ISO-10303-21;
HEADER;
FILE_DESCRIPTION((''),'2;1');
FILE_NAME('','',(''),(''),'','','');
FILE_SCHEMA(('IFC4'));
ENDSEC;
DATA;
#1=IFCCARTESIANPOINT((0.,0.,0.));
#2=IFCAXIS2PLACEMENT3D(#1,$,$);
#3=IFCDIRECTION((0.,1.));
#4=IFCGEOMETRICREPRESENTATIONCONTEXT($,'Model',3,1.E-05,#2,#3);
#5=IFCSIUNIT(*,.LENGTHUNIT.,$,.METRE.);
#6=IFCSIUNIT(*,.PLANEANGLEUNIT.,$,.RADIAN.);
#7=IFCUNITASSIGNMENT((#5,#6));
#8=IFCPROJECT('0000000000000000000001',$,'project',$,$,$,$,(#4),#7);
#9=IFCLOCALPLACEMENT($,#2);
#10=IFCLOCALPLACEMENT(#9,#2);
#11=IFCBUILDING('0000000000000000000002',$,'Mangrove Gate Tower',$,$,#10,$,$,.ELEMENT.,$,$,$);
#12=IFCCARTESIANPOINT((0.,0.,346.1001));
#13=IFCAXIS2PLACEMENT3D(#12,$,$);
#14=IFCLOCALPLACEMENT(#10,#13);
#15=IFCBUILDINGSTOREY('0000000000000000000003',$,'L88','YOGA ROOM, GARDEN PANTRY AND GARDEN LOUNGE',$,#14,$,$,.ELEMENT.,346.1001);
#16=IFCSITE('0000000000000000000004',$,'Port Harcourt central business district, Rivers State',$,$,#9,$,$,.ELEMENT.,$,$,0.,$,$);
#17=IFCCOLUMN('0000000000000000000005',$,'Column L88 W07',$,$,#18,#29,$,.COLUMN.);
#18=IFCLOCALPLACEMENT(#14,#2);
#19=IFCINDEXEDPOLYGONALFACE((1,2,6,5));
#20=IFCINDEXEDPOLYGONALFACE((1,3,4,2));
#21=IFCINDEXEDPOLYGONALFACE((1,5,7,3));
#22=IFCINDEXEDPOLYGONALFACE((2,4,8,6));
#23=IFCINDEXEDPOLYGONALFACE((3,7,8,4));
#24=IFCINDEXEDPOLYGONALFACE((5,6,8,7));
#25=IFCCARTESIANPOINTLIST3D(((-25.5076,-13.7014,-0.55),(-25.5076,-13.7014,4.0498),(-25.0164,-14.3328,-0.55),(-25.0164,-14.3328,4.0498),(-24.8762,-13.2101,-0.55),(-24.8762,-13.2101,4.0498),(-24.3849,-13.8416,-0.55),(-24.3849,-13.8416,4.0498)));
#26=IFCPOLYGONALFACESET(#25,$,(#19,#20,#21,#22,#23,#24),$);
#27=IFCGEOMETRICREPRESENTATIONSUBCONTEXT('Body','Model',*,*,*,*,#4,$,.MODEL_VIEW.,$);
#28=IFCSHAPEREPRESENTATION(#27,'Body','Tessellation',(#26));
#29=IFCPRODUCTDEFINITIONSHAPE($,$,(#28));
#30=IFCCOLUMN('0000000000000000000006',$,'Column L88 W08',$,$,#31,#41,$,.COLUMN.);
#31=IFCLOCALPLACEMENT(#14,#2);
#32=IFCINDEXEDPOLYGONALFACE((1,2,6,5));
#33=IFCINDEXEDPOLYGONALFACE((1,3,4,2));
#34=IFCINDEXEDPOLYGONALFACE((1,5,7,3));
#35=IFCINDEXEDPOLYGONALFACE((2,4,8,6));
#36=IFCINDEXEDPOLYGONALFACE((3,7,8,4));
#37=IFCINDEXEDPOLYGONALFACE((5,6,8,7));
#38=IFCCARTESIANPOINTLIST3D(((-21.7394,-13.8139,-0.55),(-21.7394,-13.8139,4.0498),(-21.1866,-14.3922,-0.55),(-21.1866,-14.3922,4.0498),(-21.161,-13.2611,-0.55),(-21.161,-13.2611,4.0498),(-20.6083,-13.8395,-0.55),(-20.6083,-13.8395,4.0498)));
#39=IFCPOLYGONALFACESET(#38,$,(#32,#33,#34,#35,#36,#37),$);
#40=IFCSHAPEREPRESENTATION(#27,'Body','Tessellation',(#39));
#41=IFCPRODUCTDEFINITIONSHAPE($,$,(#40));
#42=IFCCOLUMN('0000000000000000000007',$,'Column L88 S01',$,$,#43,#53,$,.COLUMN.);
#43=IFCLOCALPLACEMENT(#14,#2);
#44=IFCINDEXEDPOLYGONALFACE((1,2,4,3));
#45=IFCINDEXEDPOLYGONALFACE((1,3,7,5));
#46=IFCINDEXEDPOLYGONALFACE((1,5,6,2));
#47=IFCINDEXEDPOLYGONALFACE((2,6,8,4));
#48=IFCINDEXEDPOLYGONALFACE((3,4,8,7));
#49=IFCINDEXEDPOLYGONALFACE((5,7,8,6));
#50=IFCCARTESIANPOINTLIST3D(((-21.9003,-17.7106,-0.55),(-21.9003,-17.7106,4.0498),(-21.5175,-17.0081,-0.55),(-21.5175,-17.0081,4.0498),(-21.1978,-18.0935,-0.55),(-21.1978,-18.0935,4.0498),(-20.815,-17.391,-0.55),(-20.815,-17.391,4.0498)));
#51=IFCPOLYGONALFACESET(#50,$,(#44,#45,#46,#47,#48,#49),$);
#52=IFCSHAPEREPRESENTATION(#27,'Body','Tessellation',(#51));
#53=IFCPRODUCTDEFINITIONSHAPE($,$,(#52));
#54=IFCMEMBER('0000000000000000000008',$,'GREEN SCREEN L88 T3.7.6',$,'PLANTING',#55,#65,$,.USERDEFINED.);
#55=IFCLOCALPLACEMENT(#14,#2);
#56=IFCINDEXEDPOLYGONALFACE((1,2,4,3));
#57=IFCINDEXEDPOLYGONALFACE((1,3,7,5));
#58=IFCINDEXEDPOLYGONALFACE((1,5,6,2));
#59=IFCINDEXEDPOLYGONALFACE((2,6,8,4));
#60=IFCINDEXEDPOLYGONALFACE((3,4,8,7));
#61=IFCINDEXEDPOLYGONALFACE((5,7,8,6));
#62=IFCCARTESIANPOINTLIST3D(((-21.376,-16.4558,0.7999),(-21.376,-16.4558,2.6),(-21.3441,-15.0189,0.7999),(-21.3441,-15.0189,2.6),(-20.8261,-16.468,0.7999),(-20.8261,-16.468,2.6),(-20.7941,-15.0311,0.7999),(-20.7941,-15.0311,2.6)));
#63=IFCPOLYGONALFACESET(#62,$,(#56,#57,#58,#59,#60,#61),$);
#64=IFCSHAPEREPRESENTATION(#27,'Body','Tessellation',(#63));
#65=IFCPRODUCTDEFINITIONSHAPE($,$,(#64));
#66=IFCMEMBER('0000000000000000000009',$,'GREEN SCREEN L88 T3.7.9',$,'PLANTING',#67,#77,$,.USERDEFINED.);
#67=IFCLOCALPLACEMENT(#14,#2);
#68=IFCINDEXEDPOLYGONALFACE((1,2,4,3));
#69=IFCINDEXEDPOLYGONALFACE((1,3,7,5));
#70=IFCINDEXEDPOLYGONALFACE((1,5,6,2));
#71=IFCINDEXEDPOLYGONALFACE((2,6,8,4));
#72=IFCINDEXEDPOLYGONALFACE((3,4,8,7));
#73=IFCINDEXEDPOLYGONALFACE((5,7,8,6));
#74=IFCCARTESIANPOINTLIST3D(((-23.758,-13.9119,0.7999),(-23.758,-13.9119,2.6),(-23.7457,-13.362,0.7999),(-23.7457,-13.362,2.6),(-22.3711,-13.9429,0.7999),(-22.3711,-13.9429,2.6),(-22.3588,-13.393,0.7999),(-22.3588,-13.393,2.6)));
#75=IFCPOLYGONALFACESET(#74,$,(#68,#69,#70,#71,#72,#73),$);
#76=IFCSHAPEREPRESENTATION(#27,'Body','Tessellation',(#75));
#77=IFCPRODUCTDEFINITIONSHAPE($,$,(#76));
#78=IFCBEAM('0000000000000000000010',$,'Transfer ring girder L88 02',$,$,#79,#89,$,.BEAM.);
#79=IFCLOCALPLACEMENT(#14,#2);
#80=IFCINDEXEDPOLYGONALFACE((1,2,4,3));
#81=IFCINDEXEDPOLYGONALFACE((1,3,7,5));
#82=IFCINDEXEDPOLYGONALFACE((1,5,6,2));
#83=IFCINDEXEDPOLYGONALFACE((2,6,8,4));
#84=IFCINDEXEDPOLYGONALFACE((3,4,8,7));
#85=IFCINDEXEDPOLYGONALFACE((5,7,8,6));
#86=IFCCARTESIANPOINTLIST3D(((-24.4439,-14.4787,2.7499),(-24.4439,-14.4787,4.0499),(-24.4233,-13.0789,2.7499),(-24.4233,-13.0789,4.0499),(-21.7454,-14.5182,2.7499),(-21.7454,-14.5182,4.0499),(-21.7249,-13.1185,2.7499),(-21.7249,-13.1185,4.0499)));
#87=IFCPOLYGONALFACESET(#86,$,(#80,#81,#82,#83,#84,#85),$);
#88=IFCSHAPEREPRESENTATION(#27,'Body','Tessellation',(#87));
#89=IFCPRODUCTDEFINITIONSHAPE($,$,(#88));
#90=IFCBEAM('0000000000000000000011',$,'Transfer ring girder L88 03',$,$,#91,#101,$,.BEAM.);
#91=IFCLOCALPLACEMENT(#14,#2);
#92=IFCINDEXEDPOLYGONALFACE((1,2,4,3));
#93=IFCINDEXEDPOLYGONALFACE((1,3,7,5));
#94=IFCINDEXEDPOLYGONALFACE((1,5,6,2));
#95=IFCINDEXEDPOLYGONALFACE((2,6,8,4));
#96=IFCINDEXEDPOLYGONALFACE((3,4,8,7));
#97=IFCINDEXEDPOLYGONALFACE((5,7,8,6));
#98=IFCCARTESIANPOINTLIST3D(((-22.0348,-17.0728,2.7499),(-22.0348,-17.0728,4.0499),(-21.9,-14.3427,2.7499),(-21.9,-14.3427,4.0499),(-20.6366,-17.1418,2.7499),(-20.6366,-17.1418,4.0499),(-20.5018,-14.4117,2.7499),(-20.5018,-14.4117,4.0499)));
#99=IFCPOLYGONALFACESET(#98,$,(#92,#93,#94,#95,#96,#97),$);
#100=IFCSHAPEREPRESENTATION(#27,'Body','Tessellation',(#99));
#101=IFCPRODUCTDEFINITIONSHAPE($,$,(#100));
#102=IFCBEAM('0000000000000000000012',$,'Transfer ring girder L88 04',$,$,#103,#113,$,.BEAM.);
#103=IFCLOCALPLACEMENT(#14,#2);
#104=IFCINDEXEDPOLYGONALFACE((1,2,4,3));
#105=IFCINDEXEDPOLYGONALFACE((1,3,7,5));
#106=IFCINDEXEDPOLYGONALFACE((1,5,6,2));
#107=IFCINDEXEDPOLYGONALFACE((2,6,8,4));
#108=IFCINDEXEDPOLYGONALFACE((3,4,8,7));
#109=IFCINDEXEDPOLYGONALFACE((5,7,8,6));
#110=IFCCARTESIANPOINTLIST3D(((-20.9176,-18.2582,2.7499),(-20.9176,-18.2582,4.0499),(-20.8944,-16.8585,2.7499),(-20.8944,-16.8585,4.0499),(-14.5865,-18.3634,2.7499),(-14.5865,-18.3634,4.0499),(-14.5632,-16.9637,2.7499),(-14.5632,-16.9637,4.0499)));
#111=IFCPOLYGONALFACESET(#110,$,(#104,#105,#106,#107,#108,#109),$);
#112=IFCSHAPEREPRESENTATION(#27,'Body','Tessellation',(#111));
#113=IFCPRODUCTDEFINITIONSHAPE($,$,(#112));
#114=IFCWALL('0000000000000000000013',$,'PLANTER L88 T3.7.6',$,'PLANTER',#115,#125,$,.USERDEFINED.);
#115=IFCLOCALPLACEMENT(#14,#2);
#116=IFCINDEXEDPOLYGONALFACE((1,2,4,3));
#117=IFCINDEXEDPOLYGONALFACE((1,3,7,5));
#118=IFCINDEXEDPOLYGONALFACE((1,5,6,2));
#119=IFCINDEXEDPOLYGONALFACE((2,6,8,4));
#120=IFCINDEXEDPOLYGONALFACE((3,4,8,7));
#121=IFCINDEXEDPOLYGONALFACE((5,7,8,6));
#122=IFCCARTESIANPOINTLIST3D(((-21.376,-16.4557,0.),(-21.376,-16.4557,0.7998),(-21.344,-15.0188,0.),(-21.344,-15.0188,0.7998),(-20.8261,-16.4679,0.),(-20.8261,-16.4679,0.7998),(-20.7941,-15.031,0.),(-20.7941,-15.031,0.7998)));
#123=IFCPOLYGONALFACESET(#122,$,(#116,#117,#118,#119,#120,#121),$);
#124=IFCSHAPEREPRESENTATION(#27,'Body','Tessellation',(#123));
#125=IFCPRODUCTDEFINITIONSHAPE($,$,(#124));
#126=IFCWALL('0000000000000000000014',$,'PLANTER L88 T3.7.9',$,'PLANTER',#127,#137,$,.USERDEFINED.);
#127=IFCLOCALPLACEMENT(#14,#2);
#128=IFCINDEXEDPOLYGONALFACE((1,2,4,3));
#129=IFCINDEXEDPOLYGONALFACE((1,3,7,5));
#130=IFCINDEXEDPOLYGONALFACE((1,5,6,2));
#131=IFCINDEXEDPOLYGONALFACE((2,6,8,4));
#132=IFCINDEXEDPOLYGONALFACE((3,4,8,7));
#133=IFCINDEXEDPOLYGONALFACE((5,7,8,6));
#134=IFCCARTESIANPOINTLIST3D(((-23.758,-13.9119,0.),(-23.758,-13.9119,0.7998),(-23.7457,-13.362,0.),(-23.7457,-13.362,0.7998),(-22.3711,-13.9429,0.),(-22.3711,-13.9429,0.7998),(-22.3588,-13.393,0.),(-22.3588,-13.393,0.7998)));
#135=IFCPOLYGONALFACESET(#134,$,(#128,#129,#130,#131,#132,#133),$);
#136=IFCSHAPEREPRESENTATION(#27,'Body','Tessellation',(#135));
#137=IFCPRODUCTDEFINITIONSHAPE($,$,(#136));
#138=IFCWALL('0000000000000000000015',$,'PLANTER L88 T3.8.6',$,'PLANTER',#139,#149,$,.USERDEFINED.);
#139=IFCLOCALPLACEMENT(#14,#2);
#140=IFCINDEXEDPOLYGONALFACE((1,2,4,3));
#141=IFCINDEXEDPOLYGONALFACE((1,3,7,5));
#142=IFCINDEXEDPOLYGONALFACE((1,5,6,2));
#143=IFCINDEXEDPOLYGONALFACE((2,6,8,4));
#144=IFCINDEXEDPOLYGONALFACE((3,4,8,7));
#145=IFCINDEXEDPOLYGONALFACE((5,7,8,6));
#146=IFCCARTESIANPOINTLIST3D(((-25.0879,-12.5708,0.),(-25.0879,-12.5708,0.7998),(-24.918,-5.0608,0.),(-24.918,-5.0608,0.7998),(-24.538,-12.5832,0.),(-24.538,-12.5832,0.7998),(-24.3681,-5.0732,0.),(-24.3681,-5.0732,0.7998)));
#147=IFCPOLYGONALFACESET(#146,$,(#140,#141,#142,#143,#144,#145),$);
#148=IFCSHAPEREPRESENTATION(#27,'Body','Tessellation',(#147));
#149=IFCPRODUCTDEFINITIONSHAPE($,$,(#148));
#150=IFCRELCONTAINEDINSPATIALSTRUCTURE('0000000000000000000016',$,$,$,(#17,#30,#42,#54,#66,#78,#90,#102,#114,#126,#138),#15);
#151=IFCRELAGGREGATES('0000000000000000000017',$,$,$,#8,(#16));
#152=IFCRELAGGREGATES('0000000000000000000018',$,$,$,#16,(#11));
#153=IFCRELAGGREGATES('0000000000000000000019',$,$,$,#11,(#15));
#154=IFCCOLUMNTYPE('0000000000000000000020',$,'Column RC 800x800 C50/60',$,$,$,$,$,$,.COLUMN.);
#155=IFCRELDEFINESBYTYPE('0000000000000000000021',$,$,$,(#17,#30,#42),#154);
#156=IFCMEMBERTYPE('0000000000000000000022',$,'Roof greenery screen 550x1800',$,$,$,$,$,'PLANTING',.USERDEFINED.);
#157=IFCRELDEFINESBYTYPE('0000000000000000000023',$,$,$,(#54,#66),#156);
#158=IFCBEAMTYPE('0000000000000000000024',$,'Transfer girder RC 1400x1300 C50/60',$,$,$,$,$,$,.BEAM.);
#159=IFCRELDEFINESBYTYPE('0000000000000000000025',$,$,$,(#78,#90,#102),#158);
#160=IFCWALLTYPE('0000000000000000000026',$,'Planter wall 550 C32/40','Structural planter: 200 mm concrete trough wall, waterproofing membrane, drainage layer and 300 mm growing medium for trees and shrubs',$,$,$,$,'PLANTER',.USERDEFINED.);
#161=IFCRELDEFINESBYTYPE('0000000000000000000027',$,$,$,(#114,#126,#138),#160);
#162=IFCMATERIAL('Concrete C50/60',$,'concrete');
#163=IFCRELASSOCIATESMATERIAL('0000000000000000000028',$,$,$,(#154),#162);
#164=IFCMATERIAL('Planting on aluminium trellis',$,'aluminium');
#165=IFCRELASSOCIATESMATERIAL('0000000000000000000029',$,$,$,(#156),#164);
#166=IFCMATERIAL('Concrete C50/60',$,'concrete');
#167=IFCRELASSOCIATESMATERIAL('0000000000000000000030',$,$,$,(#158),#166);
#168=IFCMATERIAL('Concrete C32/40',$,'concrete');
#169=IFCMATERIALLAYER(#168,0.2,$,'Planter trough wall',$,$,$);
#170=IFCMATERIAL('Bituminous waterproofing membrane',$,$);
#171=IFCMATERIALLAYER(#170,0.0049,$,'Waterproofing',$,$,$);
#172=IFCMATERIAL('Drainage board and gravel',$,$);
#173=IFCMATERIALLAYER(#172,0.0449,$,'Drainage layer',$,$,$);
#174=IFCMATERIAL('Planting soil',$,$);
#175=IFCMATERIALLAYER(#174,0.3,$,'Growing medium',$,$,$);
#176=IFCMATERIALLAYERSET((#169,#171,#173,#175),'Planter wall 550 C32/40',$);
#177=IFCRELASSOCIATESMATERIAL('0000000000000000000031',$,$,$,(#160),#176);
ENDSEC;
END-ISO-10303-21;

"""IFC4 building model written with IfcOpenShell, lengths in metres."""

from ifc_helpers import new_model, si_unit, direction, frame, frame_2d, origin, origin_2d, place, context, subcontext, project, spatial, rectangle, extrude, material, layer, layer_set, material_profile, profile_set, type_object, element, save


model = new_model("IFC4")

# Units and contexts
model_context = context("Model", 3, precision=1e-05, world=origin(), true_north=direction((0.0, 1.0)))
body_context = subcontext(model_context, "Body", "Model", "MODEL_VIEW")
ifc_project = project(units=[si_unit("LENGTHUNIT", "METRE"), si_unit("PLANEANGLEUNIT", "RADIAN")], contexts=[model_context])

# Site, building, storey
site_placement = place(None, origin())
site = spatial("IfcSite", under=ifc_project, at=site_placement, Name="Port Harcourt central business district, Rivers State", CompositionType="ELEMENT", RefElevation=0.0)
building_placement = place(site_placement, origin())
building = spatial("IfcBuilding", under=site, at=building_placement, Name="Mangrove Gate Tower", CompositionType="ELEMENT")
storey_placement = place(building_placement, frame((0.0, 0.0, 346.1001)))
storey = spatial("IfcBuildingStorey", under=building, at=storey_placement, Name="L88", Description="YOGA ROOM, GARDEN PANTRY AND GARDEN LOUNGE", CompositionType="ELEMENT", Elevation=346.1001)

# Columns
ifc_material_1 = material(Name="Concrete C50/60", Category="concrete")
ifc_material_profile_1 = material_profile(ifc_material_1, rectangle(XDim=0.8, YDim=0.8, at=origin_2d()))
ifc_profile_set_1 = profile_set([ifc_material_profile_1], Name="Concrete C50/60")
column_type = type_object("IfcColumnType", Name="Column RC 800x800 C50/60", PredefinedType="COLUMN", material=ifc_profile_set_1)
for number, where, z_axis, x_axis, name in (
    (1, (-24.9463, -13.7715, -0.55), (0.0, 0.0, 1.0), (0.614033, -0.789281, 0.0), "Column L88 W07"),
    (2, (-21.1738, -13.8267, -0.55), (0.0, 0.0, 1.0), (0.690923, -0.722929, 0.0), "Column L88 W08"),
    (3, (-21.3577, -17.5508, -0.55), (0.0, 0.0, 1.0), (0.878066, -0.478539, 0.0), "Column L88 S01"),
):
    element("IfcColumn", number, at=place(storey_placement, frame(where, z_axis=z_axis, x_axis=x_axis)), inside=storey, type_object=column_type, Name=name, PredefinedType="COLUMN", context=body_context, shape_type="SweptSolid", body=[
        extrude(rectangle(XDim=0.8, YDim=0.8, at=origin_2d()), origin(), (0.0, 0.0, 1.0), 4.5999),
    ])

# Members
ifc_material_2 = material(Name="Planting on aluminium trellis", Category="aluminium")
ifc_material_profile_2 = material_profile(ifc_material_2, rectangle(XDim=0.55, YDim=1.8, at=origin_2d()))
ifc_profile_set_2 = profile_set([ifc_material_profile_2], Name="Planting on aluminium trellis")
member_type = type_object("IfcMemberType", Name="Roof greenery screen 550x1800", ElementType="PLANTING", PredefinedType="USERDEFINED", material=ifc_profile_set_2)
member_1_placement = place(storey_placement, frame((-21.1011, -16.4619, 1.7), z_axis=(0.022251, 0.999752, 0.0), x_axis=(-0.999752, 0.022251, 0.0)))
element("IfcMember", 4, at=member_1_placement, inside=storey, type_object=member_type, Name="GREEN SCREEN L88 T3.7.6", ObjectType="PLANTING", PredefinedType="USERDEFINED", context=body_context, shape_type="SweptSolid", body=[
    extrude(rectangle(XDim=0.55, YDim=1.8, at=origin_2d()), origin(), (0.0, 0.0, 1.0), 1.4373),
])
member_2_placement = place(storey_placement, frame((-22.365, -13.668, 1.7), z_axis=(-0.99975, 0.02235, 0.0), x_axis=(-0.02235, -0.99975, 0.0)))
element("IfcMember", 5, at=member_2_placement, inside=storey, type_object=member_type, Name="GREEN SCREEN L88 T3.7.9", ObjectType="PLANTING", PredefinedType="USERDEFINED", context=body_context, shape_type="SweptSolid", body=[
    extrude(rectangle(XDim=0.55, YDim=1.8, at=origin_2d()), origin(), (0.0, 0.0, 1.0), 1.3872),
])

# Beams
ifc_material_3 = material(Name="Concrete C50/60", Category="concrete")
ifc_material_profile_3 = material_profile(ifc_material_3, rectangle(XDim=1.3999, YDim=1.3, at=origin_2d()))
ifc_profile_set_3 = profile_set([ifc_material_profile_3], Name="Concrete C50/60")
beam_type = type_object("IfcBeamType", Name="Transfer girder RC 1400x1300 C50/60", PredefinedType="BEAM", material=ifc_profile_set_3)
beam_1_placement = place(storey_placement, frame((-24.4336, -13.7788, 3.3999), z_axis=(0.999893, -0.014655, 0.0), x_axis=(0.014655, 0.999893, 0.0)))
element("IfcBeam", 6, at=beam_1_placement, inside=storey, type_object=beam_type, Name="Transfer ring girder L88 02", PredefinedType="BEAM", context=body_context, shape_type="SweptSolid", body=[
    extrude(rectangle(XDim=1.3999, YDim=1.3, at=origin_2d()), origin(), (0.0, 0.0, 1.0), 2.6987),
])
beam_2_placement = place(storey_placement, frame((-21.2009, -14.3772, 3.3999), z_axis=(-0.049305, -0.998784, 0.0), x_axis=(0.998784, -0.049305, 0.0)))
element("IfcBeam", 7, at=beam_2_placement, inside=storey, type_object=beam_type, Name="Transfer ring girder L88 03", PredefinedType="BEAM", context=body_context, shape_type="SweptSolid", body=[
    extrude(rectangle(XDim=1.3999, YDim=1.3, at=origin_2d()), origin(), (0.0, 0.0, 1.0), 2.7334),
])
beam_3_placement = place(storey_placement, frame((-20.906, -17.5583, 3.3999), z_axis=(0.999862, -0.016618, 0.0), x_axis=(0.016618, 0.999862, 0.0)))
element("IfcBeam", 8, at=beam_3_placement, inside=storey, type_object=beam_type, Name="Transfer ring girder L88 04", PredefinedType="BEAM", context=body_context, shape_type="SweptSolid", body=[
    extrude(rectangle(XDim=1.3999, YDim=1.3, at=origin_2d()), origin(), (0.0, 0.0, 1.0), 6.332),
])

# Walls
ifc_material_4 = material(Name="Concrete C32/40", Category="concrete")
ifc_layer_1 = layer(ifc_material_4, 0.2, Name="Planter trough wall")
ifc_material_5 = material(Name="Bituminous waterproofing membrane")
ifc_layer_2 = layer(ifc_material_5, 0.0049, Name="Waterproofing")
ifc_material_6 = material(Name="Drainage board and gravel")
ifc_layer_3 = layer(ifc_material_6, 0.0449, Name="Drainage layer")
ifc_material_7 = material(Name="Planting soil")
ifc_layer_4 = layer(ifc_material_7, 0.3, Name="Growing medium")
ifc_layer_set_1 = layer_set([ifc_layer_1, ifc_layer_2, ifc_layer_3, ifc_layer_4], Name="Planter wall 550 C32/40")
wall_type_1 = type_object("IfcWallType", Name="Planter wall 550 C32/40", Description="Structural planter: 200 mm concrete trough wall, waterproofing membrane, drainage layer and 300 mm growing medium for trees and shrubs", ElementType="PLANTER", PredefinedType="USERDEFINED", material=ifc_layer_set_1)
wall_1_placement = place(storey_placement, frame((-21.1011, -16.4619, 0.0), z_axis=(0.0, 0.0, 1.0), x_axis=(0.022251, 0.999752, 0.0)))
element("IfcWall", 9, at=wall_1_placement, inside=storey, type_object=wall_type_1, Name="PLANTER L88 T3.7.6", ObjectType="PLANTER", PredefinedType="USERDEFINED", context=body_context, shape_type="SweptSolid", body=[
    extrude(rectangle(XDim=1.4373, YDim=0.55, at=frame_2d((0.7188, 0.0))), origin(), (0.0, 0.0, 1.0), 0.7998),
])
wall_2_placement = place(storey_placement, frame((-22.365, -13.668, 0.0), z_axis=(0.0, 0.0, 1.0), x_axis=(-0.99975, 0.02235, 0.0)))
element("IfcWall", 10, at=wall_2_placement, inside=storey, type_object=wall_type_1, Name="PLANTER L88 T3.7.9", ObjectType="PLANTER", PredefinedType="USERDEFINED", context=body_context, shape_type="SweptSolid", body=[
    extrude(rectangle(XDim=1.3872, YDim=0.55, at=frame_2d((0.6936, 0.0))), origin(), (0.0, 0.0, 1.0), 0.7998),
])
wall_3_placement = place(storey_placement, frame((-24.813, -12.5769, 0.0), z_axis=(0.0, 0.0, 1.0), x_axis=(0.02262, 0.999744, 0.0)))
element("IfcWall", 11, at=wall_3_placement, inside=storey, type_object=wall_type_1, Name="PLANTER L88 T3.8.6", ObjectType="PLANTER", PredefinedType="USERDEFINED", context=body_context, shape_type="SweptSolid", body=[
    extrude(rectangle(XDim=7.512, YDim=0.55, at=frame_2d((3.7559, 0.0))), origin(), (0.0, 0.0, 1.0), 0.7998),
])

save(model, "model.ifc")
